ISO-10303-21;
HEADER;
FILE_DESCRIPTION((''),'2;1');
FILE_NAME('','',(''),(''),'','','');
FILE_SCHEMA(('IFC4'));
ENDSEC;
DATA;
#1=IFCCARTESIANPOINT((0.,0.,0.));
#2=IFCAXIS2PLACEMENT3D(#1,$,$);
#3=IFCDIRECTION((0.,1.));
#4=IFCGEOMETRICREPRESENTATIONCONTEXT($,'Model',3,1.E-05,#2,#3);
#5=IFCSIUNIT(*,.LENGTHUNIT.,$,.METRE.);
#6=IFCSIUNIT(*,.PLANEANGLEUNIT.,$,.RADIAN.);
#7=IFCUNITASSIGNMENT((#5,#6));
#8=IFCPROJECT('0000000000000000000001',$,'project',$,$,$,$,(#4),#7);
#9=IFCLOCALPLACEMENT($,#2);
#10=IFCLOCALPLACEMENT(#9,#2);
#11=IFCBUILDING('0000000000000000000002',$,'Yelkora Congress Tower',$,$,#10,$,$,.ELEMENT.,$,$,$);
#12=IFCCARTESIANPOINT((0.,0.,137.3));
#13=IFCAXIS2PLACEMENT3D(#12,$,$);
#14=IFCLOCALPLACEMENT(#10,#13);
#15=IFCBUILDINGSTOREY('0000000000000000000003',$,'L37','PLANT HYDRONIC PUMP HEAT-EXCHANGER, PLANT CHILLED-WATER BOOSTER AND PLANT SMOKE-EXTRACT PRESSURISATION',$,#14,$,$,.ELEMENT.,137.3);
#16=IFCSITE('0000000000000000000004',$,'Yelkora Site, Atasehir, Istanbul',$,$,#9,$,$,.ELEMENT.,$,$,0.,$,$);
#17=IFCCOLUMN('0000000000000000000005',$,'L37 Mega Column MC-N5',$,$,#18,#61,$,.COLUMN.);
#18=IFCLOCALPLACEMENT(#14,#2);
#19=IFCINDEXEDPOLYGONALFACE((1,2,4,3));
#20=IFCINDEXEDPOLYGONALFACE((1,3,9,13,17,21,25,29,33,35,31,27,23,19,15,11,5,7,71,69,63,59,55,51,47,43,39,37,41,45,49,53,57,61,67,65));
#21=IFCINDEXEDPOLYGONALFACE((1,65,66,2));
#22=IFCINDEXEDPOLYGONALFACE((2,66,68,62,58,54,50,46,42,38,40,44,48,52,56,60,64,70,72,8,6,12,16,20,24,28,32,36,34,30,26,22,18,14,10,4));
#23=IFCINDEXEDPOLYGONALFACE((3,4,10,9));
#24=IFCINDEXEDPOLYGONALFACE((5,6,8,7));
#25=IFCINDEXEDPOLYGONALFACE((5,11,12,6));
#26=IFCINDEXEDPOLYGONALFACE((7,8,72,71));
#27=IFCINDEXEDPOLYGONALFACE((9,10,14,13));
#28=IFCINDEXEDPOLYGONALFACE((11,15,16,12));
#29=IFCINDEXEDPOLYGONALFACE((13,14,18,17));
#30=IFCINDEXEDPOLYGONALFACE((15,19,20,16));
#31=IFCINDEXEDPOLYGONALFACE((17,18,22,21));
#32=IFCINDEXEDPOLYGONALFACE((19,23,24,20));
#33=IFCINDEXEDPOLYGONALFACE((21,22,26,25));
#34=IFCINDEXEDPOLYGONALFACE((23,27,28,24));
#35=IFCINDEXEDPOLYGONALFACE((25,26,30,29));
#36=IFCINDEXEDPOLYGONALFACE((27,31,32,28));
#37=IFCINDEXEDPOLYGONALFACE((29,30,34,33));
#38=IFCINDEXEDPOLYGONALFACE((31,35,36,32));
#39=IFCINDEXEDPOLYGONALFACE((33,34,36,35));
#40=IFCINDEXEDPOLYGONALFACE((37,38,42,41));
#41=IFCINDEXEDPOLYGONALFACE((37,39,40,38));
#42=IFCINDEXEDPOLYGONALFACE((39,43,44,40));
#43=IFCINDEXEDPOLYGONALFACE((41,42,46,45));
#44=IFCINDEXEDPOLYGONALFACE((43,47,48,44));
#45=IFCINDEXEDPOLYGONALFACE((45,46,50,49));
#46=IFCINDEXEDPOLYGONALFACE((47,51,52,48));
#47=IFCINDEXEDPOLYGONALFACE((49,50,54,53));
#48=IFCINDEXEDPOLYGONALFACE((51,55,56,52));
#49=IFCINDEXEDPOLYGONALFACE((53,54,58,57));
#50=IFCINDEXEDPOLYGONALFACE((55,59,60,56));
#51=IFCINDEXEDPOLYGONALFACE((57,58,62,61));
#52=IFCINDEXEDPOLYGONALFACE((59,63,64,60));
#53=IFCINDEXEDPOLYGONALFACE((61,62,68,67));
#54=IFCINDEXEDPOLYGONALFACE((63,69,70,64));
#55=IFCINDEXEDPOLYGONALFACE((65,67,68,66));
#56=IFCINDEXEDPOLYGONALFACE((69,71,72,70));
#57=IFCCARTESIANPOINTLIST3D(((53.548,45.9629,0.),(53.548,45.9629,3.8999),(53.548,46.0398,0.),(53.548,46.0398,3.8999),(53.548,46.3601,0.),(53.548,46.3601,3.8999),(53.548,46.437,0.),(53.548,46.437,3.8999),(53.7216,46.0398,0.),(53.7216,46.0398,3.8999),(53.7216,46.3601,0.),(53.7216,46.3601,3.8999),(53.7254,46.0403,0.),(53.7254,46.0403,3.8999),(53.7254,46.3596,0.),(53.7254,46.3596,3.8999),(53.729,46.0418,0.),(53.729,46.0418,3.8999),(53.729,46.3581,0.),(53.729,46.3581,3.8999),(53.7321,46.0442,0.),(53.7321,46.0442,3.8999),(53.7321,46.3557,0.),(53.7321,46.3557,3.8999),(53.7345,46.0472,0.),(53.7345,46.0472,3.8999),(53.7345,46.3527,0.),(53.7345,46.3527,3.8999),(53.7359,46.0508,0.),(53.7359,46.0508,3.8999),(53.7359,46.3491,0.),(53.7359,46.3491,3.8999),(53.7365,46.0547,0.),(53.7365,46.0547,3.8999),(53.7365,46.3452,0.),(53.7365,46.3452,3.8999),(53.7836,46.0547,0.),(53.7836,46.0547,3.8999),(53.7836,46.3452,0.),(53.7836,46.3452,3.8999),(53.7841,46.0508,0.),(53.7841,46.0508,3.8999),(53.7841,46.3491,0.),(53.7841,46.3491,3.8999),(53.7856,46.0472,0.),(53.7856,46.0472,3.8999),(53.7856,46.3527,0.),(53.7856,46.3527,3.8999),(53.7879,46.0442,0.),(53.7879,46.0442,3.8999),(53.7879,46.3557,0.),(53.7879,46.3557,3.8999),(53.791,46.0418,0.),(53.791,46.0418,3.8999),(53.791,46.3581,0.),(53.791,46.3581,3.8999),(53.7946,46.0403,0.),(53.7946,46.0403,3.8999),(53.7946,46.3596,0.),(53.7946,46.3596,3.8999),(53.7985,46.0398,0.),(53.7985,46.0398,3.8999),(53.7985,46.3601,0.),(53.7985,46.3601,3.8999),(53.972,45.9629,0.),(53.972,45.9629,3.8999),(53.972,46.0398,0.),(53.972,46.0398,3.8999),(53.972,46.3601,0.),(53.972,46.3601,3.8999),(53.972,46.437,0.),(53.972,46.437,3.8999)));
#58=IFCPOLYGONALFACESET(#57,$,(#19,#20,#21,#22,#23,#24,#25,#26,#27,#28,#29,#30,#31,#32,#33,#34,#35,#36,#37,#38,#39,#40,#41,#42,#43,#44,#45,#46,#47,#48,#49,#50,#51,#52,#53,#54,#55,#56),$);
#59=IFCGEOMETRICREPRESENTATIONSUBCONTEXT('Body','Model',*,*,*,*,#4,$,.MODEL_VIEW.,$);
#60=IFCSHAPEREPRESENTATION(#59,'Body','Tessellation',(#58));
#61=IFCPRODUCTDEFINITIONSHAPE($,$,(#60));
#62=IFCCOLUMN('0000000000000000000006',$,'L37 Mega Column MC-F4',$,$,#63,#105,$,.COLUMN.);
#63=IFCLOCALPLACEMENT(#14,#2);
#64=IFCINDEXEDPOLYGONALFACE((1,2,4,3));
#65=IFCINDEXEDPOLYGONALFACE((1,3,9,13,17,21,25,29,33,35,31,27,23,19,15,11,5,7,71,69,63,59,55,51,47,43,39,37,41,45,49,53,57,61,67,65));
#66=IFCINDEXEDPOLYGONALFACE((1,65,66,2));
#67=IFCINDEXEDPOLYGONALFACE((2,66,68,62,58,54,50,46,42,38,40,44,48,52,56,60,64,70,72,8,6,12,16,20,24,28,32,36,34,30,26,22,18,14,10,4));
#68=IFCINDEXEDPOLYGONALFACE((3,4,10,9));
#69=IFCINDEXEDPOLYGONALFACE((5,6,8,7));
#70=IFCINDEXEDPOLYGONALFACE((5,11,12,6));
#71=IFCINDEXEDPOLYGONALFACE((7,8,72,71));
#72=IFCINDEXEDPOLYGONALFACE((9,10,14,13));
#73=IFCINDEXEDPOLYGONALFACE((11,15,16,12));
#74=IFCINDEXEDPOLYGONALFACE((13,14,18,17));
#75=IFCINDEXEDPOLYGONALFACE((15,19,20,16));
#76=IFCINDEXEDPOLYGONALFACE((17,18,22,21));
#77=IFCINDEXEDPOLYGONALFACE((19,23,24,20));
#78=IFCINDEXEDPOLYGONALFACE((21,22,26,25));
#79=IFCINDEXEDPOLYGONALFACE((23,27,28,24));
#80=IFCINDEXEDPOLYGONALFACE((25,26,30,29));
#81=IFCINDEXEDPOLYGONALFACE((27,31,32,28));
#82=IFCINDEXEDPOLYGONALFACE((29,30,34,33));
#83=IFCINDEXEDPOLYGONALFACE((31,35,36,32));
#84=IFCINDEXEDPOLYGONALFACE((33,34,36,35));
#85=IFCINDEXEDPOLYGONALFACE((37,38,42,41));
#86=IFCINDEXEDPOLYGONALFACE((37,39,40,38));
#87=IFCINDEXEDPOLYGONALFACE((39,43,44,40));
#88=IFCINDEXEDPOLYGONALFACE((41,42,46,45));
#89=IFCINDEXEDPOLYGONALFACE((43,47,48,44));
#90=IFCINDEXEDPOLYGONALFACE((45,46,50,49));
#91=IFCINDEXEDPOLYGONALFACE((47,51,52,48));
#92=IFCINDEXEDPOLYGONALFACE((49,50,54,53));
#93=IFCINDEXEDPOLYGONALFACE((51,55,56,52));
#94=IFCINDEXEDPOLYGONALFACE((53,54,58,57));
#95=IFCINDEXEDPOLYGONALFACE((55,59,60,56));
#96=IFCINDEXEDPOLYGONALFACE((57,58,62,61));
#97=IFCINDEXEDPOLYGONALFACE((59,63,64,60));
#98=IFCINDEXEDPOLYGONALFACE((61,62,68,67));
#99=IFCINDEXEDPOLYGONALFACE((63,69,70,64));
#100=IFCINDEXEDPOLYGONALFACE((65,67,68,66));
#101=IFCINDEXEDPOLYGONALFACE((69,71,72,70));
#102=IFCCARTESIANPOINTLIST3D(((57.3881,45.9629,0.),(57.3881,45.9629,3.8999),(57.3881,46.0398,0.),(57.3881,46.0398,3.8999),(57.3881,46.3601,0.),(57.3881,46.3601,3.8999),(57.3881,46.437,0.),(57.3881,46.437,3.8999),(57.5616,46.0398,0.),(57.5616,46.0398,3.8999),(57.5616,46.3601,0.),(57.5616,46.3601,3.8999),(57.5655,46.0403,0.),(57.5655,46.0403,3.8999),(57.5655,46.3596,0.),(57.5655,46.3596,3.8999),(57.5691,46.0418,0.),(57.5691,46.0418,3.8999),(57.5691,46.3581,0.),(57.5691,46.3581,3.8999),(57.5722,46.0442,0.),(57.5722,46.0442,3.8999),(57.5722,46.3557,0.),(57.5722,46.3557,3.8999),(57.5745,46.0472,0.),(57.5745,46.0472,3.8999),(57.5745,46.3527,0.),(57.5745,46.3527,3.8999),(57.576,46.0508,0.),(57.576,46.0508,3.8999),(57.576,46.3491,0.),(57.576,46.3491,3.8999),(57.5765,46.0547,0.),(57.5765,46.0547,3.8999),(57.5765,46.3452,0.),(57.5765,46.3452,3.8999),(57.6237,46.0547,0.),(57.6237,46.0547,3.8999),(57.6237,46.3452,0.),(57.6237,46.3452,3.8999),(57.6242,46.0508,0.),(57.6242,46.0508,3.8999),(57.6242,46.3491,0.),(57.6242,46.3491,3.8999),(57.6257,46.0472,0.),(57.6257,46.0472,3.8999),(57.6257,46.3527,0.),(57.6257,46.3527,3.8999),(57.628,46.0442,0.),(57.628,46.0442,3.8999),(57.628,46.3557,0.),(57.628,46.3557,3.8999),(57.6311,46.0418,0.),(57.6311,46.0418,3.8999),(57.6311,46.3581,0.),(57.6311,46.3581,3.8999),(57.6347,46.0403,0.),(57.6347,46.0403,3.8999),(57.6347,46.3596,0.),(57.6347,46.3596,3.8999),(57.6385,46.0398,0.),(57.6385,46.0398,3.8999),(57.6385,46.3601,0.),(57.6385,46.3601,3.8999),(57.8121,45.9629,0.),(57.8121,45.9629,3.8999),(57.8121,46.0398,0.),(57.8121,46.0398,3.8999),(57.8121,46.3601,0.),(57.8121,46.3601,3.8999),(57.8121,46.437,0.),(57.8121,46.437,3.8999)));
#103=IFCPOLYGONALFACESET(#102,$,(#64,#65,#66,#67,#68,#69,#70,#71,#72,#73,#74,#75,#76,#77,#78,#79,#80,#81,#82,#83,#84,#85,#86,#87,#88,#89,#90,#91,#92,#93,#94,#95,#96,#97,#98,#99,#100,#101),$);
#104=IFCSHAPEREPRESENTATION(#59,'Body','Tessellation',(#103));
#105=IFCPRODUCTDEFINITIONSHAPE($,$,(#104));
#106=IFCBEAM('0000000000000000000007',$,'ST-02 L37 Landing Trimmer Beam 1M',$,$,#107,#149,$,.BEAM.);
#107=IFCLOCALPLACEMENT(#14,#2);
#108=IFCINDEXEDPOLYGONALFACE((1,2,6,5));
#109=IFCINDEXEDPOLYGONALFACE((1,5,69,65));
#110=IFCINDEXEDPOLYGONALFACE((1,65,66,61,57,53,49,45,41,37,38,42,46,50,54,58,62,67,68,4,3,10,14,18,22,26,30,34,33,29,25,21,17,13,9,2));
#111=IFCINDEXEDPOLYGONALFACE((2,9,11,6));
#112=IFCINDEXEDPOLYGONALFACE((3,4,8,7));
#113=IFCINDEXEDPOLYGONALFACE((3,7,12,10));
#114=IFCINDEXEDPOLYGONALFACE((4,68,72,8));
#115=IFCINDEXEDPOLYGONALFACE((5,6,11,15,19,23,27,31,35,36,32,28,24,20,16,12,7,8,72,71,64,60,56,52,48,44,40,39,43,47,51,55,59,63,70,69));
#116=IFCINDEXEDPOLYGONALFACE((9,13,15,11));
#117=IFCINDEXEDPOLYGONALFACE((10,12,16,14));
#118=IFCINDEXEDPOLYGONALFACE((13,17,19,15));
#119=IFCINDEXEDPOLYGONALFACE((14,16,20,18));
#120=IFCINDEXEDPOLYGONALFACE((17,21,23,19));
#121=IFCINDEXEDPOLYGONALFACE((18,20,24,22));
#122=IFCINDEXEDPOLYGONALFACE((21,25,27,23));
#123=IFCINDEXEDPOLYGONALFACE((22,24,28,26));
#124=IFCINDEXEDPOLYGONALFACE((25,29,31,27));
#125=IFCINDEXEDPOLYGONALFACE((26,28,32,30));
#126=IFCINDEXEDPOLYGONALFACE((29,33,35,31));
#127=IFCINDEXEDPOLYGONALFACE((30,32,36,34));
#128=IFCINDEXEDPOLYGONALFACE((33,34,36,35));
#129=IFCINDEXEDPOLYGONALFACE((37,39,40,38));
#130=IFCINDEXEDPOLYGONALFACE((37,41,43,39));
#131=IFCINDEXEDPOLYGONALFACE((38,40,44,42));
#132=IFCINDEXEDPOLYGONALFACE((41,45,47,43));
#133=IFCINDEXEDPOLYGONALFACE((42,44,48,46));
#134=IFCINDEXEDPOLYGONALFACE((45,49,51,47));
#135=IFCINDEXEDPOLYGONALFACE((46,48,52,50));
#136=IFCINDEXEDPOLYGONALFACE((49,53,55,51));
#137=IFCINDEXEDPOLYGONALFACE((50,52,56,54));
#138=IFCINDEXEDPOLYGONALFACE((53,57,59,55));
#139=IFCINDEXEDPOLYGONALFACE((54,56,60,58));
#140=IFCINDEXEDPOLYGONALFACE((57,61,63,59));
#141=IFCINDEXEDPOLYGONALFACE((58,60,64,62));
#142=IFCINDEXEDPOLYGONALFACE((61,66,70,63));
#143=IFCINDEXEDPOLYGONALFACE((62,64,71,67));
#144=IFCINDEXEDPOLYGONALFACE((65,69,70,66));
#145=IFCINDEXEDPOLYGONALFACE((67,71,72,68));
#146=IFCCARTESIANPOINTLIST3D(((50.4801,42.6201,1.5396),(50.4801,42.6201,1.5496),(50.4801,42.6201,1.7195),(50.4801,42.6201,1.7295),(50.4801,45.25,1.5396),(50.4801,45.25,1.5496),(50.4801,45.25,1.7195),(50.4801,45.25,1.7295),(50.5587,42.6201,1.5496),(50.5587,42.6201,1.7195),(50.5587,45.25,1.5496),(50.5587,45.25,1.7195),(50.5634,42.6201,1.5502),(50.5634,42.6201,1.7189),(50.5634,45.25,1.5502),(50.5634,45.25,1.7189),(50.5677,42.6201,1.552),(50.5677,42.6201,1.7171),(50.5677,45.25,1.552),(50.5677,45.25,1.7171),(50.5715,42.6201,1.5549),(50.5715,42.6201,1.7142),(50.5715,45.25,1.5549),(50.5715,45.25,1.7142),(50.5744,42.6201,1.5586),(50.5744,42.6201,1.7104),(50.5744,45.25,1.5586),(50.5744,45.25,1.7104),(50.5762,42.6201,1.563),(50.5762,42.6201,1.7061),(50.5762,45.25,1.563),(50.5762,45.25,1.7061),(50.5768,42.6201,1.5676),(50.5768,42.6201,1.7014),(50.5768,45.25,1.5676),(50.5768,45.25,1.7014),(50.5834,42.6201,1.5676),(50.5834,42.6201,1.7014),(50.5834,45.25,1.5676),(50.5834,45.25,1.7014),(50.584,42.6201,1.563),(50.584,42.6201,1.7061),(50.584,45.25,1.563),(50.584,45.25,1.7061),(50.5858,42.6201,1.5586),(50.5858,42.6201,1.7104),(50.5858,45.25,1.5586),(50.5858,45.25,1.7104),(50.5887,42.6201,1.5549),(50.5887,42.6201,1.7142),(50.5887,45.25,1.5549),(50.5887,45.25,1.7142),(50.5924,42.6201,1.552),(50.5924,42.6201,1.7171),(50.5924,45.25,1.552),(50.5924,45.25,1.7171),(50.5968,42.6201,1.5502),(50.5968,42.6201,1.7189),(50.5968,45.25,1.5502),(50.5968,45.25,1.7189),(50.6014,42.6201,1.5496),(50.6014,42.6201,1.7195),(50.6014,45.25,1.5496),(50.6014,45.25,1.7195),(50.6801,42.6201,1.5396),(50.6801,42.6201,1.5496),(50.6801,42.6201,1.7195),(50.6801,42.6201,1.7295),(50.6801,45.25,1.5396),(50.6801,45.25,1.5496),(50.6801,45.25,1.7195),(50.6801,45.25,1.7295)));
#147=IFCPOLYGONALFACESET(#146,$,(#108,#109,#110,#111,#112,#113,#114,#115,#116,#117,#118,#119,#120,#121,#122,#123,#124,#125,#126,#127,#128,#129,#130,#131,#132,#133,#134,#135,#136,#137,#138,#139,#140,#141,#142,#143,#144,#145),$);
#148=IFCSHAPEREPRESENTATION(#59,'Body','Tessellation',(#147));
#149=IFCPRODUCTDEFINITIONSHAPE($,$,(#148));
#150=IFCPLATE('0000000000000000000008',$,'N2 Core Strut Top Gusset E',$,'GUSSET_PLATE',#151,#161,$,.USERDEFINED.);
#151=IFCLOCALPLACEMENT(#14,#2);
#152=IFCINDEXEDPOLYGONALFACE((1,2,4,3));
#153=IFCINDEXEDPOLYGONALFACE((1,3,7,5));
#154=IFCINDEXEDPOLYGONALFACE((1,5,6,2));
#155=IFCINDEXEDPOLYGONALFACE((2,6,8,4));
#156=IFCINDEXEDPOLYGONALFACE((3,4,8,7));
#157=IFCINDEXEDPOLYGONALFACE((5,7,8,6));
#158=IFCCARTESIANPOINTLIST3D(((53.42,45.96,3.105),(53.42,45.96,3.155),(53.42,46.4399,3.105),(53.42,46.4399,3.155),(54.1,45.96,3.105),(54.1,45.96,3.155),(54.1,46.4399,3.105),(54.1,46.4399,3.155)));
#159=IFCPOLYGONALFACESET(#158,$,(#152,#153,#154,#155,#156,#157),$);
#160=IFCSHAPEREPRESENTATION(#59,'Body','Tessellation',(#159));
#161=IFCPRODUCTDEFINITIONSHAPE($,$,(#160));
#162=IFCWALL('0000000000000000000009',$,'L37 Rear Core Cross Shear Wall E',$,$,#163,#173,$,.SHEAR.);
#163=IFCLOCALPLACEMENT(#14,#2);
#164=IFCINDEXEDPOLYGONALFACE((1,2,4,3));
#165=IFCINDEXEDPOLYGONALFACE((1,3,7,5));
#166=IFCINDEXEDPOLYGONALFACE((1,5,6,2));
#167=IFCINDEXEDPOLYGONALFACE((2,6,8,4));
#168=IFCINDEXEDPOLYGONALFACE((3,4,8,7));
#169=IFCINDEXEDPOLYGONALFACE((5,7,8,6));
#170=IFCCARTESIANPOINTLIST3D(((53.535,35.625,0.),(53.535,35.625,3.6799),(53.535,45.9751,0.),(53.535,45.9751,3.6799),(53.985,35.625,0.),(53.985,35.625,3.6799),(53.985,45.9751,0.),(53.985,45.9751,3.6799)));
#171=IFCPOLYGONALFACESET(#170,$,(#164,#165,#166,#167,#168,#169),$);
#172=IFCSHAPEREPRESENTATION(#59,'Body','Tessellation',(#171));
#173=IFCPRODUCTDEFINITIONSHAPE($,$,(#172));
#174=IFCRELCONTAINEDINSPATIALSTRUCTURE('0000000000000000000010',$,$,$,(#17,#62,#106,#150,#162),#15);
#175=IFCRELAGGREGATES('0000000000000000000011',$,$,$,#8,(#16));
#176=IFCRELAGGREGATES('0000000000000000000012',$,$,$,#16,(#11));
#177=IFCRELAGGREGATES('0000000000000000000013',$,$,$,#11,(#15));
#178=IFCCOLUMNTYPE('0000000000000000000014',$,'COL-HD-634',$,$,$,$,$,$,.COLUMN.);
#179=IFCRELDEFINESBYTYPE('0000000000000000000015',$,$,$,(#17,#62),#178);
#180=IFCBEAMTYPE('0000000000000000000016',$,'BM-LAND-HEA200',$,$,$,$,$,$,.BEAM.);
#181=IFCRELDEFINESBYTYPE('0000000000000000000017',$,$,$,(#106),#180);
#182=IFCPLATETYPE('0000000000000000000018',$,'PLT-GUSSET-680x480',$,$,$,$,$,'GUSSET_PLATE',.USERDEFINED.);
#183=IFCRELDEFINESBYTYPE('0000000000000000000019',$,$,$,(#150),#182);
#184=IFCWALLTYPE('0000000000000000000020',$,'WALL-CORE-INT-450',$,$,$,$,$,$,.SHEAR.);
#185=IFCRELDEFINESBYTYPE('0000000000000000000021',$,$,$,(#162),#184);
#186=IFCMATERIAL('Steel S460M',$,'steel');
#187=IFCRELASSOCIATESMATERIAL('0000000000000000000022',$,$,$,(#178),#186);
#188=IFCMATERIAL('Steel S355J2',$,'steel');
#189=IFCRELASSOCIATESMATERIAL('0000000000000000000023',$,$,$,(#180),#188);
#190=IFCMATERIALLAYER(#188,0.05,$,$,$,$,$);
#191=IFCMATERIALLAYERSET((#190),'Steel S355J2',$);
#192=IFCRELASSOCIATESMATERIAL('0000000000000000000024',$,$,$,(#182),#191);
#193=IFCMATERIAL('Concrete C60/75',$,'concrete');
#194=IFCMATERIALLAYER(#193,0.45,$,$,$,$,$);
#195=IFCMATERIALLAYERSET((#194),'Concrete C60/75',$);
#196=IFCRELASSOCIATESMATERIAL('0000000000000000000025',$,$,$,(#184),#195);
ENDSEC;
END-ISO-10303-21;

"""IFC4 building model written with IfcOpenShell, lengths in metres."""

from ifc_helpers import new_model, si_unit, direction, frame, frame_2d, origin, origin_2d, place, context, subcontext, project, spatial, rectangle, i_section, extrude, material, layer, layer_set, material_profile, profile_set, type_object, element, save


model = new_model("IFC4")

# Units and contexts
model_context = context("Model", 3, precision=1e-05, world=origin(), true_north=direction((0.0, 1.0)))
body_context = subcontext(model_context, "Body", "Model", "MODEL_VIEW")
ifc_project = project(units=[si_unit("LENGTHUNIT", "METRE"), si_unit("PLANEANGLEUNIT", "RADIAN")], contexts=[model_context])

# Site, building, storey
site_placement = place(None, origin())
site = spatial("IfcSite", under=ifc_project, at=site_placement, Name="Yelkora Site, Atasehir, Istanbul", CompositionType="ELEMENT", RefElevation=0.0)
building_placement = place(site_placement, origin())
building = spatial("IfcBuilding", under=site, at=building_placement, Name="Yelkora Congress Tower", CompositionType="ELEMENT")
storey_placement = place(building_placement, frame((0.0, 0.0, 137.3)))
storey = spatial("IfcBuildingStorey", under=building, at=storey_placement, Name="L37", Description="PLANT HYDRONIC PUMP HEAT-EXCHANGER, PLANT CHILLED-WATER BOOSTER AND PLANT SMOKE-EXTRACT PRESSURISATION", CompositionType="ELEMENT", Elevation=137.3)

# Columns
ifc_material_1 = material(Name="Steel S460M", Category="steel")
ifc_material_profile_1 = material_profile(ifc_material_1, i_section(OverallWidth=0.4241, OverallDepth=0.4741, WebThickness=0.0471, FlangeThickness=0.0769, FilletRadius=0.0149, at=origin_2d()), Name="HD 400x634")
ifc_profile_set_1 = profile_set([ifc_material_profile_1], Name="Steel S460M")
column_type = type_object("IfcColumnType", Name="COL-HD-634", PredefinedType="COLUMN", material=ifc_profile_set_1)
for number, where, z_axis, x_axis, name in (
    (1, (53.76, 46.2, 0.0), (0.0, 0.0, 1.0), (1.0, 0.0, 0.0), "L37 Mega Column MC-N5"),
    (2, (57.6001, 46.2, 0.0), (0.0, 0.0, 1.0), (1.0, 0.0, 0.0), "L37 Mega Column MC-F4"),
):
    element("IfcColumn", number, at=place(storey_placement, frame(where, z_axis=z_axis, x_axis=x_axis)), inside=storey, type_object=column_type, Name=name, PredefinedType="COLUMN", context=body_context, shape_type="SweptSolid", body=[
        extrude(i_section(OverallWidth=0.4241, OverallDepth=0.4741, WebThickness=0.0471, FlangeThickness=0.0769, FilletRadius=0.0149, at=origin_2d()), origin(), (0.0, 0.0, 1.0), 3.8999),
    ])

# Beam
ifc_material_2 = material(Name="Steel S355J2", Category="steel")
ifc_material_profile_2 = material_profile(ifc_material_2, i_section(OverallWidth=0.2, OverallDepth=0.1899, WebThickness=0.0066, FlangeThickness=0.01, FilletRadius=0.0181, at=origin_2d()), Name="HEA 200")
ifc_profile_set_2 = profile_set([ifc_material_profile_2], Name="Steel S355J2")
beam_type = type_object("IfcBeamType", Name="BM-LAND-HEA200", PredefinedType="BEAM", material=ifc_profile_set_2)
beam_placement = place(storey_placement, frame((50.5801, 42.6201, 1.6345), z_axis=(0.0, 1.0, 0.0), x_axis=(-1.0, 0.0, 0.0)))
element("IfcBeam", 3, at=beam_placement, inside=storey, type_object=beam_type, Name="ST-02 L37 Landing Trimmer Beam 1M", PredefinedType="BEAM", context=body_context, shape_type="SweptSolid", body=[
    extrude(i_section(OverallWidth=0.2, OverallDepth=0.1899, WebThickness=0.0066, FlangeThickness=0.01, FilletRadius=0.0181, at=origin_2d()), origin(), (0.0, 0.0, 1.0), 2.6299),
])

# Plate
ifc_layer_1 = layer(ifc_material_2, 0.05)
ifc_layer_set_1 = layer_set([ifc_layer_1], Name="Steel S355J2")
plate_type = type_object("IfcPlateType", Name="PLT-GUSSET-680x480", ElementType="GUSSET_PLATE", PredefinedType="USERDEFINED", material=ifc_layer_set_1)
plate_placement = place(storey_placement, frame((53.76, 46.2, 3.105), z_axis=(0.0, 0.0, 1.0), x_axis=(1.0, 0.0, 0.0)))
element("IfcPlate", 4, at=plate_placement, inside=storey, type_object=plate_type, Name="N2 Core Strut Top Gusset E", ObjectType="GUSSET_PLATE", PredefinedType="USERDEFINED", context=body_context, shape_type="SweptSolid", body=[
    extrude(rectangle(XDim=0.6799, YDim=0.48, at=origin_2d()), origin(), (0.0, 0.0, 1.0), 0.05),
])

# Wall
ifc_material_3 = material(Name="Concrete C60/75", Category="concrete")
ifc_layer_2 = layer(ifc_material_3, 0.45)
ifc_layer_set_2 = layer_set([ifc_layer_2], Name="Concrete C60/75")
wall_type = type_object("IfcWallType", Name="WALL-CORE-INT-450", PredefinedType="SHEAR", material=ifc_layer_set_2)
wall_placement = place(storey_placement, frame((53.76, 35.625, 0.0), z_axis=(0.0, 0.0, 1.0), x_axis=(0.0, 1.0, 0.0)))
element("IfcWall", 5, at=wall_placement, inside=storey, type_object=wall_type, Name="L37 Rear Core Cross Shear Wall E", PredefinedType="SHEAR", context=body_context, shape_type="SweptSolid", body=[
    extrude(rectangle(XDim=10.3501, YDim=0.45, at=frame_2d((5.175, 0.0))), origin(), (0.0, 0.0, 1.0), 3.6799),
])

save(model, "model.ifc")
